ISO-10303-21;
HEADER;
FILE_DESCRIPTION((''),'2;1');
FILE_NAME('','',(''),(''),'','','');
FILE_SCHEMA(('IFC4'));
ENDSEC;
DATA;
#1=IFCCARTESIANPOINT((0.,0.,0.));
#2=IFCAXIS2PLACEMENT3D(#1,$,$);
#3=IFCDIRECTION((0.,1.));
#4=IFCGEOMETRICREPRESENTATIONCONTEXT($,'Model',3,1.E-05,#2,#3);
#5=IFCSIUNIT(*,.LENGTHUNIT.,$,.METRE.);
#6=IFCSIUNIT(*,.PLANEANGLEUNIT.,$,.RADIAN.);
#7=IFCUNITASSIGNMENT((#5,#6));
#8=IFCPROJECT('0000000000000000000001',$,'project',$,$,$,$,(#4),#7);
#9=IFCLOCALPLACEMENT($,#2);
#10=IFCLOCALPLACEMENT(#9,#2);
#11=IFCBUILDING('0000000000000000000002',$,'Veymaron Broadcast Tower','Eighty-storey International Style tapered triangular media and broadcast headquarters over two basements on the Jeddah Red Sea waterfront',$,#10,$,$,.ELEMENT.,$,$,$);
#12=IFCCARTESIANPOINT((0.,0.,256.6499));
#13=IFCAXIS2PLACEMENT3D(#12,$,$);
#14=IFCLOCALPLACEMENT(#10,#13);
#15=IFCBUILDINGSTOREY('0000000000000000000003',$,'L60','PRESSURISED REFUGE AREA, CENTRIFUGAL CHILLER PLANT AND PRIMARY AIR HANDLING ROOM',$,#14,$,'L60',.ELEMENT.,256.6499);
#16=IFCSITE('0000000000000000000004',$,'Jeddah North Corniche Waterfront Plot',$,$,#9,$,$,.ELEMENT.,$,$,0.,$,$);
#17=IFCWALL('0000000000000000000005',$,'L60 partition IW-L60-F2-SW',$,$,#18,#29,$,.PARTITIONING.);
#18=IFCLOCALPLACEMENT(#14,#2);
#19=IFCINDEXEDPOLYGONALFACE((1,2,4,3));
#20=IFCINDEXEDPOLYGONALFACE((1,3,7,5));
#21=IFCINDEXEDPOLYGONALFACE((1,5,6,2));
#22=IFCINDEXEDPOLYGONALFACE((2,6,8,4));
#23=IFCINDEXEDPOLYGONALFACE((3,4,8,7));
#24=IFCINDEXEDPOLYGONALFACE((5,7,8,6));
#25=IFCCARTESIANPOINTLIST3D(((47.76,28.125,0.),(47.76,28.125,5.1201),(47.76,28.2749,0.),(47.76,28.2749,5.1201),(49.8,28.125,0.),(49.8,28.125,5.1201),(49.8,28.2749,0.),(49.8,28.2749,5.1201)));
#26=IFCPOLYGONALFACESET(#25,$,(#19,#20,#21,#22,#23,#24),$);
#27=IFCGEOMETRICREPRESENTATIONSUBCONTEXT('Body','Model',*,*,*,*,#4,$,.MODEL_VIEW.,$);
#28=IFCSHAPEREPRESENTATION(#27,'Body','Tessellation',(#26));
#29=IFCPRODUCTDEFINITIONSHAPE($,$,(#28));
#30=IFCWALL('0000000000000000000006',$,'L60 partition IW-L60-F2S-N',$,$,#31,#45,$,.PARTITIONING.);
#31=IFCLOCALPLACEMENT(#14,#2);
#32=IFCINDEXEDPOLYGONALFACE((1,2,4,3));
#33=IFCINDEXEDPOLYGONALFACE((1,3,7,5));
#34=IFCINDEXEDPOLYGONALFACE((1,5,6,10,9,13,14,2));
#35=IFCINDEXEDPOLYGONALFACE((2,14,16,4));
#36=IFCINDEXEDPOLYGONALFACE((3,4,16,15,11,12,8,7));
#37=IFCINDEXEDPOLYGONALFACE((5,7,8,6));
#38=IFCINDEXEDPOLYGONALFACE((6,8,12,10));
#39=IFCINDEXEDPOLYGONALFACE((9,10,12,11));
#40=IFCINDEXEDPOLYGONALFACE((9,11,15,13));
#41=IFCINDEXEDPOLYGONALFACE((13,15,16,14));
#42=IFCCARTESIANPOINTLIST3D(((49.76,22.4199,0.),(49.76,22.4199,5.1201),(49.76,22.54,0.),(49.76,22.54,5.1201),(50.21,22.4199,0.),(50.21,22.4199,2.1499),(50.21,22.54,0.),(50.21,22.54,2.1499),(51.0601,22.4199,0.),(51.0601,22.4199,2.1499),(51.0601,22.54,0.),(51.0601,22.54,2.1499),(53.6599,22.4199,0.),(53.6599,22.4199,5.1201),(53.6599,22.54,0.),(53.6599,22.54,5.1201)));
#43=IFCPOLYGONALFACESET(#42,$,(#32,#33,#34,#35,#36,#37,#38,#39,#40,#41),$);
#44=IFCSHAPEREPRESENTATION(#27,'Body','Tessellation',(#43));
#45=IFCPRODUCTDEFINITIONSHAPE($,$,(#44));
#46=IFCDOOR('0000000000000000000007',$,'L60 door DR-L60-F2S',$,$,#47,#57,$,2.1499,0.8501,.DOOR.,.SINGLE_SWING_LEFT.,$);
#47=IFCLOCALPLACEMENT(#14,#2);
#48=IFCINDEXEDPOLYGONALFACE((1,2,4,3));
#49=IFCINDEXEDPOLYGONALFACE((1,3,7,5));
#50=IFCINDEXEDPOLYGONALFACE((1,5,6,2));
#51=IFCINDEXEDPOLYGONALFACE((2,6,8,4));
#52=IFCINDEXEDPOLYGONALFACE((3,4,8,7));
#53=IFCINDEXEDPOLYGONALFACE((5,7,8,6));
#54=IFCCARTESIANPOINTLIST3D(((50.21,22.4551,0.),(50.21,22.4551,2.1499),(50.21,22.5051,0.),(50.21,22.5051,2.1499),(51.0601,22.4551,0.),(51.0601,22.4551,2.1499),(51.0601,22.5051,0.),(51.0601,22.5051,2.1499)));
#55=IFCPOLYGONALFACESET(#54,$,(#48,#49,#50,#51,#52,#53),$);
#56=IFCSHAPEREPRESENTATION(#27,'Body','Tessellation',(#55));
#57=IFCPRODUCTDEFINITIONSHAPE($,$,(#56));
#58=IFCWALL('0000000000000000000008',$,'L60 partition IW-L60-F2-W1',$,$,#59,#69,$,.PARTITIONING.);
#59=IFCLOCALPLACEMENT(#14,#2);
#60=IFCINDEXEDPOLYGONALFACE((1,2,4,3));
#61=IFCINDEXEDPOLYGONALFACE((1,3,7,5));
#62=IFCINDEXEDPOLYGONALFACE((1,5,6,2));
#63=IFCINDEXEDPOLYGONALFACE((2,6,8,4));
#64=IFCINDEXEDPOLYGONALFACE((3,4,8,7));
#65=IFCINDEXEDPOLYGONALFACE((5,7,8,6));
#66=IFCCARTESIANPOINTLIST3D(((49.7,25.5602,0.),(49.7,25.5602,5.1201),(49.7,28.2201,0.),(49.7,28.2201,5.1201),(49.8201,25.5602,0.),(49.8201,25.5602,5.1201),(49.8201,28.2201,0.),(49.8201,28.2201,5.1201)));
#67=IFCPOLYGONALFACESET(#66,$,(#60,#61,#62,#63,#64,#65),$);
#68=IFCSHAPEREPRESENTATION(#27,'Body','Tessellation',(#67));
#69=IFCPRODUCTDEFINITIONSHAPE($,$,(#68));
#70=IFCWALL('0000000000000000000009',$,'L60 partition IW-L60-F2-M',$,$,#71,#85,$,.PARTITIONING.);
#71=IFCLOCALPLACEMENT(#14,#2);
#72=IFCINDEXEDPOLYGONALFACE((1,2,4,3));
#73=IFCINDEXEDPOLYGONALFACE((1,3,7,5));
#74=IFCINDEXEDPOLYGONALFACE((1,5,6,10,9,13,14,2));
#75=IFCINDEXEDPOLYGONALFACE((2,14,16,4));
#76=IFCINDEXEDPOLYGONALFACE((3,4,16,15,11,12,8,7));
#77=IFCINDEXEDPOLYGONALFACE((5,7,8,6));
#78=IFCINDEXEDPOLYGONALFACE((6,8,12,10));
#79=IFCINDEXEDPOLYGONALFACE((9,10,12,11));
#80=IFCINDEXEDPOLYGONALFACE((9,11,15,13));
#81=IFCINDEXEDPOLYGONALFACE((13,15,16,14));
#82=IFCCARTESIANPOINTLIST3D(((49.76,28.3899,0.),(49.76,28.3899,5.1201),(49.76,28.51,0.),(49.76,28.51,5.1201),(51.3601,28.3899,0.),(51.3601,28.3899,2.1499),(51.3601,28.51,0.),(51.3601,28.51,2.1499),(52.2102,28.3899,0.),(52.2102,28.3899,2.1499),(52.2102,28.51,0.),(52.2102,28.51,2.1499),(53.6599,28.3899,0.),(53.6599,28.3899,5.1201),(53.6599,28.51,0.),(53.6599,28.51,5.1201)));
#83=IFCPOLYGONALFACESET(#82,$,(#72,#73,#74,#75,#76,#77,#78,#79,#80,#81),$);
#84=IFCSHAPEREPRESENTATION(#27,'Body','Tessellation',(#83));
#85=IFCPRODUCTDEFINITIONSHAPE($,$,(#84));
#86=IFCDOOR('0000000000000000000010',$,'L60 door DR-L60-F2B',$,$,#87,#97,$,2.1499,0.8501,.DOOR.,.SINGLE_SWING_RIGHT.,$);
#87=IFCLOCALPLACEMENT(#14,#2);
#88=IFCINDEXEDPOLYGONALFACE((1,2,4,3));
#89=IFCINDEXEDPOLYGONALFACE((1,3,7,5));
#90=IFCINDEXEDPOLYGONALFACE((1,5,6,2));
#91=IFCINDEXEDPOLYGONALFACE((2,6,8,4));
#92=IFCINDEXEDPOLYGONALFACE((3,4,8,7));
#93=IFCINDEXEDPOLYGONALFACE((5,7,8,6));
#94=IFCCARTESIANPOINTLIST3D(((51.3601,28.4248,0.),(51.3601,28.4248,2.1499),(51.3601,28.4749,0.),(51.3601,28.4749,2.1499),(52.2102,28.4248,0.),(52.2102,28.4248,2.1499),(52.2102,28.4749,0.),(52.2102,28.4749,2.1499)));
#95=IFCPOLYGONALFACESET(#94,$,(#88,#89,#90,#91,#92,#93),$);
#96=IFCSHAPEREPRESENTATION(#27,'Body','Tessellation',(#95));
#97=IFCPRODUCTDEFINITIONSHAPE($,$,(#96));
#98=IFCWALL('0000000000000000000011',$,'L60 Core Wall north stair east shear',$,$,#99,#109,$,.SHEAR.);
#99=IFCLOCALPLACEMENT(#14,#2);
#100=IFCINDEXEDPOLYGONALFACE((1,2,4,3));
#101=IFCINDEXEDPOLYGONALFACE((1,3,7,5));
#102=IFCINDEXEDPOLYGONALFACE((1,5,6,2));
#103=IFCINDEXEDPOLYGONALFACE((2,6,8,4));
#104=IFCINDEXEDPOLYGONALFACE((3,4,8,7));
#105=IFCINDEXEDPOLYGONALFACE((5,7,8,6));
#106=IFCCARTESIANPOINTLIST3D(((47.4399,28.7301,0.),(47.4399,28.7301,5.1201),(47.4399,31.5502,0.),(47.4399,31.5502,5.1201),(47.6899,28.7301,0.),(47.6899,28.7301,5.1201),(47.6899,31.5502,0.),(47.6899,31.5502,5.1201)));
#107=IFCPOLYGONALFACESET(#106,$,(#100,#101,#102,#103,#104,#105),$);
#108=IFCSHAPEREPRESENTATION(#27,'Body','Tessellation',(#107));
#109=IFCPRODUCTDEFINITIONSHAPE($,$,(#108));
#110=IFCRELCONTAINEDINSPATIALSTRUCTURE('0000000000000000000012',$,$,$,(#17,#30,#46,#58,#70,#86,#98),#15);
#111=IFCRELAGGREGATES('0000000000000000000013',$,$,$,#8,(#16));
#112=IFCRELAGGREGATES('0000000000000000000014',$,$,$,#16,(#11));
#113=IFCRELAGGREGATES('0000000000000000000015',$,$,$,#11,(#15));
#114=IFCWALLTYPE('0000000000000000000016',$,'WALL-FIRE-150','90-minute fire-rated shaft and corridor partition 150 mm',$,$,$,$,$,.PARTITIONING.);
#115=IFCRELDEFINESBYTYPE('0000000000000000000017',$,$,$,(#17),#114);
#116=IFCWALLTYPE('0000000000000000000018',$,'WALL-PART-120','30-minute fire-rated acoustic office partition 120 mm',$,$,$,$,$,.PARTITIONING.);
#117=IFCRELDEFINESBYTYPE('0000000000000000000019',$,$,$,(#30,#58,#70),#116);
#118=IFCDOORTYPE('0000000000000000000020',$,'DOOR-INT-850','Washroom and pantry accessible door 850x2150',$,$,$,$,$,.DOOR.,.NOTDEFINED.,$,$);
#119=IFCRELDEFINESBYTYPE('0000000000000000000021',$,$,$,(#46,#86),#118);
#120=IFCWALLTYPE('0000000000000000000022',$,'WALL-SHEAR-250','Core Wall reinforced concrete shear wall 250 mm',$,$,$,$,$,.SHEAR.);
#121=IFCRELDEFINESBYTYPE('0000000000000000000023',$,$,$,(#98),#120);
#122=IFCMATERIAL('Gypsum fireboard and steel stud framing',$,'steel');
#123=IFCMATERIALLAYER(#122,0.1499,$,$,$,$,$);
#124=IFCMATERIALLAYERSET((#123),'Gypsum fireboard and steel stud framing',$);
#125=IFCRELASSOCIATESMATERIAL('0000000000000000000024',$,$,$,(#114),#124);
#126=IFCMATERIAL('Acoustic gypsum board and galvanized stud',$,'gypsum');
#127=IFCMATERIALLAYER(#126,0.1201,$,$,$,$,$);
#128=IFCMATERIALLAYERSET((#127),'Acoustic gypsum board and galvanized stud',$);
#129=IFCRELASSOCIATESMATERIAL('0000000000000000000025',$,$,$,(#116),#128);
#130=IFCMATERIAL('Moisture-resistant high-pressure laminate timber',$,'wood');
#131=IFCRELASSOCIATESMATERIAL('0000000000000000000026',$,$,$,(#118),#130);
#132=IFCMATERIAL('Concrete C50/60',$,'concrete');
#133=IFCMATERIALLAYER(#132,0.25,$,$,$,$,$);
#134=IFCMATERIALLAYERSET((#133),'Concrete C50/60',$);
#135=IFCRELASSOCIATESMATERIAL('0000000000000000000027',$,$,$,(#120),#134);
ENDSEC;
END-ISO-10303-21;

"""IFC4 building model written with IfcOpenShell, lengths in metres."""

from ifc_helpers import new_model, si_unit, direction, frame, frame_2d, origin, place, context, subcontext, project, spatial, rectangle, extrude, material, layer, layer_set, type_object, element, fill, save


model = new_model("IFC4")

# Units and contexts
model_context = context("Model", 3, precision=1e-05, world=origin(), true_north=direction((0.0, 1.0)))
body_context = subcontext(model_context, "Body", "Model", "MODEL_VIEW")
ifc_project = project(units=[si_unit("LENGTHUNIT", "METRE"), si_unit("PLANEANGLEUNIT", "RADIAN")], contexts=[model_context])

# Site, building, storey
site_placement = place(None, origin())
site = spatial("IfcSite", under=ifc_project, at=site_placement, Name="Jeddah North Corniche Waterfront Plot", CompositionType="ELEMENT", RefElevation=0.0)
building_placement = place(site_placement, origin())
building = spatial("IfcBuilding", under=site, at=building_placement, Name="Veymaron Broadcast Tower", Description="Eighty-storey International Style tapered triangular media and broadcast headquarters over two basements on the Jeddah Red Sea waterfront", CompositionType="ELEMENT")
storey_placement = place(building_placement, frame((0.0, 0.0, 256.6499)))
storey = spatial("IfcBuildingStorey", under=building, at=storey_placement, Name="L60", Description="PRESSURISED REFUGE AREA, CENTRIFUGAL CHILLER PLANT AND PRIMARY AIR HANDLING ROOM", LongName="L60", CompositionType="ELEMENT", Elevation=256.6499)

# Shared definitions
ifc_material_1 = material(Name="Gypsum fireboard and steel stud framing", Category="steel")
ifc_layer_1 = layer(ifc_material_1, 0.1499)
ifc_layer_set_1 = layer_set([ifc_layer_1], Name="Gypsum fireboard and steel stud framing")
wall_type_1 = type_object("IfcWallType", Name="WALL-FIRE-150", Description="90-minute fire-rated shaft and corridor partition 150 mm", PredefinedType="PARTITIONING", material=ifc_layer_set_1)

# Wall
wall_1_placement = place(storey_placement, frame((47.76, 28.2, 0.0), z_axis=(0.0, 0.0, 1.0), x_axis=(1.0, 0.0, 0.0)))
element("IfcWall", 1, at=wall_1_placement, inside=storey, type_object=wall_type_1, Name="L60 partition IW-L60-F2-SW", PredefinedType="PARTITIONING", context=body_context, shape_type="SweptSolid", body=[
    extrude(rectangle(XDim=2.04, YDim=0.1499, at=frame_2d((1.02, 0.0))), origin(), (0.0, 0.0, 1.0), 5.1201),
])

# Wall, opening, door
ifc_material_2 = material(Name="Acoustic gypsum board and galvanized stud", Category="gypsum")
ifc_layer_2 = layer(ifc_material_2, 0.1201)
ifc_layer_set_2 = layer_set([ifc_layer_2], Name="Acoustic gypsum board and galvanized stud")
wall_type_2 = type_object("IfcWallType", Name="WALL-PART-120", Description="30-minute fire-rated acoustic office partition 120 mm", PredefinedType="PARTITIONING", material=ifc_layer_set_2)
wall_2_placement = place(storey_placement, frame((49.76, 22.48, 0.0), z_axis=(0.0, 0.0, 1.0), x_axis=(1.0, 0.0, 0.0)))
wall_2 = element("IfcWall", 2, at=wall_2_placement, inside=storey, type_object=wall_type_2, Name="L60 partition IW-L60-F2S-N", PredefinedType="PARTITIONING", context=body_context, shape_type="SweptSolid", body=[
    extrude(rectangle(XDim=3.8999, YDim=0.1201, at=frame_2d((1.95, 0.0))), origin(), (0.0, 0.0, 1.0), 5.1201),
])
opening_1_placement = place(wall_2_placement, frame((0.45, 0.0, 0.0)))
opening_1 = element("IfcOpeningElement", 3, at=opening_1_placement, cuts=wall_2, PredefinedType="OPENING", context=body_context, shape_type="SweptSolid", body=[
    extrude(rectangle(XDim=0.8501, YDim=2.1499, at=frame_2d((0.425, 1.075))), frame((0.0, 0.0701, 0.0), z_axis=(0.0, -1.0, 0.0), x_axis=(1.0, 0.0, 0.0)), (0.0, 0.0, 1.0), 0.1401),
])
ifc_material_3 = material(Name="Moisture-resistant high-pressure laminate timber", Category="wood")
door_type_1 = type_object("IfcDoorType", Name="DOOR-INT-850", Description="Washroom and pantry accessible door 850x2150", OperationType="NOTDEFINED", PredefinedType="DOOR", material=ifc_material_3)
door_1_placement = place(opening_1_placement, frame((0.8501, 0.0, 0.0), z_axis=(0.0, 0.0, 1.0), x_axis=(-1.0, 0.0, 0.0)))
door_1 = element("IfcDoor", 4, at=door_1_placement, inside=storey, type_object=door_type_1, Name="L60 door DR-L60-F2S", OperationType="SINGLE_SWING_LEFT", OverallHeight=2.1499, OverallWidth=0.8501, PredefinedType="DOOR", context=body_context, shape_type="SweptSolid", body=[
    extrude(rectangle(XDim=0.8501, YDim=2.1499, at=frame_2d((0.425, 1.075))), frame((0.0, 0.0249, 0.0), z_axis=(0.0, -1.0, 0.0), x_axis=(1.0, 0.0, 0.0)), (0.0, 0.0, 1.0), 0.05),
])
fill(opening_1, door_1)

# Wall
wall_3_placement = place(storey_placement, frame((49.76, 25.5601, 0.0), z_axis=(0.0, 0.0, 1.0), x_axis=(0.0, 1.0, 0.0)))
element("IfcWall", 5, at=wall_3_placement, inside=storey, type_object=wall_type_2, Name="L60 partition IW-L60-F2-W1", PredefinedType="PARTITIONING", context=body_context, shape_type="SweptSolid", body=[
    extrude(rectangle(XDim=2.6599, YDim=0.1201, at=frame_2d((1.3301, 0.0))), origin(), (0.0, 0.0, 1.0), 5.1201),
])

# Wall, opening, door
wall_4_placement = place(storey_placement, frame((49.76, 28.45, 0.0), z_axis=(0.0, 0.0, 1.0), x_axis=(1.0, 0.0, 0.0)))
wall_4 = element("IfcWall", 6, at=wall_4_placement, inside=storey, type_object=wall_type_2, Name="L60 partition IW-L60-F2-M", PredefinedType="PARTITIONING", context=body_context, shape_type="SweptSolid", body=[
    extrude(rectangle(XDim=3.8999, YDim=0.1201, at=frame_2d((1.95, 0.0))), origin(), (0.0, 0.0, 1.0), 5.1201),
])
opening_2_placement = place(wall_4_placement, frame((1.6001, 0.0, 0.0)))
opening_2 = element("IfcOpeningElement", 7, at=opening_2_placement, cuts=wall_4, PredefinedType="OPENING", context=body_context, shape_type="SweptSolid", body=[
    extrude(rectangle(XDim=0.8501, YDim=2.1499, at=frame_2d((0.425, 1.075))), frame((0.0, 0.0701, 0.0), z_axis=(0.0, -1.0, 0.0), x_axis=(1.0, 0.0, 0.0)), (0.0, 0.0, 1.0), 0.1401),
])
door_2_placement = place(opening_2_placement, origin())
door_2 = element("IfcDoor", 8, at=door_2_placement, inside=storey, type_object=door_type_1, Name="L60 door DR-L60-F2B", OperationType="SINGLE_SWING_RIGHT", OverallHeight=2.1499, OverallWidth=0.8501, PredefinedType="DOOR", context=body_context, shape_type="SweptSolid", body=[
    extrude(rectangle(XDim=0.8501, YDim=2.1499, at=frame_2d((0.425, 1.075))), frame((0.0, 0.0249, 0.0), z_axis=(0.0, -1.0, 0.0), x_axis=(1.0, 0.0, 0.0)), (0.0, 0.0, 1.0), 0.05),
])
fill(opening_2, door_2)

# Wall
ifc_material_4 = material(Name="Concrete C50/60", Category="concrete")
ifc_layer_3 = layer(ifc_material_4, 0.25)
ifc_layer_set_3 = layer_set([ifc_layer_3], Name="Concrete C50/60")
wall_type_3 = type_object("IfcWallType", Name="WALL-SHEAR-250", Description="Core Wall reinforced concrete shear wall 250 mm", PredefinedType="SHEAR", material=ifc_layer_set_3)
wall_5_placement = place(storey_placement, frame((47.5649, 28.73, 0.0), z_axis=(0.0, 0.0, 1.0), x_axis=(0.0, 1.0, 0.0)))
element("IfcWall", 9, at=wall_5_placement, inside=storey, type_object=wall_type_3, Name="L60 Core Wall north stair east shear", PredefinedType="SHEAR", context=body_context, shape_type="SweptSolid", body=[
    extrude(rectangle(XDim=2.8201, YDim=0.25, at=frame_2d((1.4102, 0.0))), origin(), (0.0, 0.0, 1.0), 5.1201),
])

save(model, "model.ifc")
